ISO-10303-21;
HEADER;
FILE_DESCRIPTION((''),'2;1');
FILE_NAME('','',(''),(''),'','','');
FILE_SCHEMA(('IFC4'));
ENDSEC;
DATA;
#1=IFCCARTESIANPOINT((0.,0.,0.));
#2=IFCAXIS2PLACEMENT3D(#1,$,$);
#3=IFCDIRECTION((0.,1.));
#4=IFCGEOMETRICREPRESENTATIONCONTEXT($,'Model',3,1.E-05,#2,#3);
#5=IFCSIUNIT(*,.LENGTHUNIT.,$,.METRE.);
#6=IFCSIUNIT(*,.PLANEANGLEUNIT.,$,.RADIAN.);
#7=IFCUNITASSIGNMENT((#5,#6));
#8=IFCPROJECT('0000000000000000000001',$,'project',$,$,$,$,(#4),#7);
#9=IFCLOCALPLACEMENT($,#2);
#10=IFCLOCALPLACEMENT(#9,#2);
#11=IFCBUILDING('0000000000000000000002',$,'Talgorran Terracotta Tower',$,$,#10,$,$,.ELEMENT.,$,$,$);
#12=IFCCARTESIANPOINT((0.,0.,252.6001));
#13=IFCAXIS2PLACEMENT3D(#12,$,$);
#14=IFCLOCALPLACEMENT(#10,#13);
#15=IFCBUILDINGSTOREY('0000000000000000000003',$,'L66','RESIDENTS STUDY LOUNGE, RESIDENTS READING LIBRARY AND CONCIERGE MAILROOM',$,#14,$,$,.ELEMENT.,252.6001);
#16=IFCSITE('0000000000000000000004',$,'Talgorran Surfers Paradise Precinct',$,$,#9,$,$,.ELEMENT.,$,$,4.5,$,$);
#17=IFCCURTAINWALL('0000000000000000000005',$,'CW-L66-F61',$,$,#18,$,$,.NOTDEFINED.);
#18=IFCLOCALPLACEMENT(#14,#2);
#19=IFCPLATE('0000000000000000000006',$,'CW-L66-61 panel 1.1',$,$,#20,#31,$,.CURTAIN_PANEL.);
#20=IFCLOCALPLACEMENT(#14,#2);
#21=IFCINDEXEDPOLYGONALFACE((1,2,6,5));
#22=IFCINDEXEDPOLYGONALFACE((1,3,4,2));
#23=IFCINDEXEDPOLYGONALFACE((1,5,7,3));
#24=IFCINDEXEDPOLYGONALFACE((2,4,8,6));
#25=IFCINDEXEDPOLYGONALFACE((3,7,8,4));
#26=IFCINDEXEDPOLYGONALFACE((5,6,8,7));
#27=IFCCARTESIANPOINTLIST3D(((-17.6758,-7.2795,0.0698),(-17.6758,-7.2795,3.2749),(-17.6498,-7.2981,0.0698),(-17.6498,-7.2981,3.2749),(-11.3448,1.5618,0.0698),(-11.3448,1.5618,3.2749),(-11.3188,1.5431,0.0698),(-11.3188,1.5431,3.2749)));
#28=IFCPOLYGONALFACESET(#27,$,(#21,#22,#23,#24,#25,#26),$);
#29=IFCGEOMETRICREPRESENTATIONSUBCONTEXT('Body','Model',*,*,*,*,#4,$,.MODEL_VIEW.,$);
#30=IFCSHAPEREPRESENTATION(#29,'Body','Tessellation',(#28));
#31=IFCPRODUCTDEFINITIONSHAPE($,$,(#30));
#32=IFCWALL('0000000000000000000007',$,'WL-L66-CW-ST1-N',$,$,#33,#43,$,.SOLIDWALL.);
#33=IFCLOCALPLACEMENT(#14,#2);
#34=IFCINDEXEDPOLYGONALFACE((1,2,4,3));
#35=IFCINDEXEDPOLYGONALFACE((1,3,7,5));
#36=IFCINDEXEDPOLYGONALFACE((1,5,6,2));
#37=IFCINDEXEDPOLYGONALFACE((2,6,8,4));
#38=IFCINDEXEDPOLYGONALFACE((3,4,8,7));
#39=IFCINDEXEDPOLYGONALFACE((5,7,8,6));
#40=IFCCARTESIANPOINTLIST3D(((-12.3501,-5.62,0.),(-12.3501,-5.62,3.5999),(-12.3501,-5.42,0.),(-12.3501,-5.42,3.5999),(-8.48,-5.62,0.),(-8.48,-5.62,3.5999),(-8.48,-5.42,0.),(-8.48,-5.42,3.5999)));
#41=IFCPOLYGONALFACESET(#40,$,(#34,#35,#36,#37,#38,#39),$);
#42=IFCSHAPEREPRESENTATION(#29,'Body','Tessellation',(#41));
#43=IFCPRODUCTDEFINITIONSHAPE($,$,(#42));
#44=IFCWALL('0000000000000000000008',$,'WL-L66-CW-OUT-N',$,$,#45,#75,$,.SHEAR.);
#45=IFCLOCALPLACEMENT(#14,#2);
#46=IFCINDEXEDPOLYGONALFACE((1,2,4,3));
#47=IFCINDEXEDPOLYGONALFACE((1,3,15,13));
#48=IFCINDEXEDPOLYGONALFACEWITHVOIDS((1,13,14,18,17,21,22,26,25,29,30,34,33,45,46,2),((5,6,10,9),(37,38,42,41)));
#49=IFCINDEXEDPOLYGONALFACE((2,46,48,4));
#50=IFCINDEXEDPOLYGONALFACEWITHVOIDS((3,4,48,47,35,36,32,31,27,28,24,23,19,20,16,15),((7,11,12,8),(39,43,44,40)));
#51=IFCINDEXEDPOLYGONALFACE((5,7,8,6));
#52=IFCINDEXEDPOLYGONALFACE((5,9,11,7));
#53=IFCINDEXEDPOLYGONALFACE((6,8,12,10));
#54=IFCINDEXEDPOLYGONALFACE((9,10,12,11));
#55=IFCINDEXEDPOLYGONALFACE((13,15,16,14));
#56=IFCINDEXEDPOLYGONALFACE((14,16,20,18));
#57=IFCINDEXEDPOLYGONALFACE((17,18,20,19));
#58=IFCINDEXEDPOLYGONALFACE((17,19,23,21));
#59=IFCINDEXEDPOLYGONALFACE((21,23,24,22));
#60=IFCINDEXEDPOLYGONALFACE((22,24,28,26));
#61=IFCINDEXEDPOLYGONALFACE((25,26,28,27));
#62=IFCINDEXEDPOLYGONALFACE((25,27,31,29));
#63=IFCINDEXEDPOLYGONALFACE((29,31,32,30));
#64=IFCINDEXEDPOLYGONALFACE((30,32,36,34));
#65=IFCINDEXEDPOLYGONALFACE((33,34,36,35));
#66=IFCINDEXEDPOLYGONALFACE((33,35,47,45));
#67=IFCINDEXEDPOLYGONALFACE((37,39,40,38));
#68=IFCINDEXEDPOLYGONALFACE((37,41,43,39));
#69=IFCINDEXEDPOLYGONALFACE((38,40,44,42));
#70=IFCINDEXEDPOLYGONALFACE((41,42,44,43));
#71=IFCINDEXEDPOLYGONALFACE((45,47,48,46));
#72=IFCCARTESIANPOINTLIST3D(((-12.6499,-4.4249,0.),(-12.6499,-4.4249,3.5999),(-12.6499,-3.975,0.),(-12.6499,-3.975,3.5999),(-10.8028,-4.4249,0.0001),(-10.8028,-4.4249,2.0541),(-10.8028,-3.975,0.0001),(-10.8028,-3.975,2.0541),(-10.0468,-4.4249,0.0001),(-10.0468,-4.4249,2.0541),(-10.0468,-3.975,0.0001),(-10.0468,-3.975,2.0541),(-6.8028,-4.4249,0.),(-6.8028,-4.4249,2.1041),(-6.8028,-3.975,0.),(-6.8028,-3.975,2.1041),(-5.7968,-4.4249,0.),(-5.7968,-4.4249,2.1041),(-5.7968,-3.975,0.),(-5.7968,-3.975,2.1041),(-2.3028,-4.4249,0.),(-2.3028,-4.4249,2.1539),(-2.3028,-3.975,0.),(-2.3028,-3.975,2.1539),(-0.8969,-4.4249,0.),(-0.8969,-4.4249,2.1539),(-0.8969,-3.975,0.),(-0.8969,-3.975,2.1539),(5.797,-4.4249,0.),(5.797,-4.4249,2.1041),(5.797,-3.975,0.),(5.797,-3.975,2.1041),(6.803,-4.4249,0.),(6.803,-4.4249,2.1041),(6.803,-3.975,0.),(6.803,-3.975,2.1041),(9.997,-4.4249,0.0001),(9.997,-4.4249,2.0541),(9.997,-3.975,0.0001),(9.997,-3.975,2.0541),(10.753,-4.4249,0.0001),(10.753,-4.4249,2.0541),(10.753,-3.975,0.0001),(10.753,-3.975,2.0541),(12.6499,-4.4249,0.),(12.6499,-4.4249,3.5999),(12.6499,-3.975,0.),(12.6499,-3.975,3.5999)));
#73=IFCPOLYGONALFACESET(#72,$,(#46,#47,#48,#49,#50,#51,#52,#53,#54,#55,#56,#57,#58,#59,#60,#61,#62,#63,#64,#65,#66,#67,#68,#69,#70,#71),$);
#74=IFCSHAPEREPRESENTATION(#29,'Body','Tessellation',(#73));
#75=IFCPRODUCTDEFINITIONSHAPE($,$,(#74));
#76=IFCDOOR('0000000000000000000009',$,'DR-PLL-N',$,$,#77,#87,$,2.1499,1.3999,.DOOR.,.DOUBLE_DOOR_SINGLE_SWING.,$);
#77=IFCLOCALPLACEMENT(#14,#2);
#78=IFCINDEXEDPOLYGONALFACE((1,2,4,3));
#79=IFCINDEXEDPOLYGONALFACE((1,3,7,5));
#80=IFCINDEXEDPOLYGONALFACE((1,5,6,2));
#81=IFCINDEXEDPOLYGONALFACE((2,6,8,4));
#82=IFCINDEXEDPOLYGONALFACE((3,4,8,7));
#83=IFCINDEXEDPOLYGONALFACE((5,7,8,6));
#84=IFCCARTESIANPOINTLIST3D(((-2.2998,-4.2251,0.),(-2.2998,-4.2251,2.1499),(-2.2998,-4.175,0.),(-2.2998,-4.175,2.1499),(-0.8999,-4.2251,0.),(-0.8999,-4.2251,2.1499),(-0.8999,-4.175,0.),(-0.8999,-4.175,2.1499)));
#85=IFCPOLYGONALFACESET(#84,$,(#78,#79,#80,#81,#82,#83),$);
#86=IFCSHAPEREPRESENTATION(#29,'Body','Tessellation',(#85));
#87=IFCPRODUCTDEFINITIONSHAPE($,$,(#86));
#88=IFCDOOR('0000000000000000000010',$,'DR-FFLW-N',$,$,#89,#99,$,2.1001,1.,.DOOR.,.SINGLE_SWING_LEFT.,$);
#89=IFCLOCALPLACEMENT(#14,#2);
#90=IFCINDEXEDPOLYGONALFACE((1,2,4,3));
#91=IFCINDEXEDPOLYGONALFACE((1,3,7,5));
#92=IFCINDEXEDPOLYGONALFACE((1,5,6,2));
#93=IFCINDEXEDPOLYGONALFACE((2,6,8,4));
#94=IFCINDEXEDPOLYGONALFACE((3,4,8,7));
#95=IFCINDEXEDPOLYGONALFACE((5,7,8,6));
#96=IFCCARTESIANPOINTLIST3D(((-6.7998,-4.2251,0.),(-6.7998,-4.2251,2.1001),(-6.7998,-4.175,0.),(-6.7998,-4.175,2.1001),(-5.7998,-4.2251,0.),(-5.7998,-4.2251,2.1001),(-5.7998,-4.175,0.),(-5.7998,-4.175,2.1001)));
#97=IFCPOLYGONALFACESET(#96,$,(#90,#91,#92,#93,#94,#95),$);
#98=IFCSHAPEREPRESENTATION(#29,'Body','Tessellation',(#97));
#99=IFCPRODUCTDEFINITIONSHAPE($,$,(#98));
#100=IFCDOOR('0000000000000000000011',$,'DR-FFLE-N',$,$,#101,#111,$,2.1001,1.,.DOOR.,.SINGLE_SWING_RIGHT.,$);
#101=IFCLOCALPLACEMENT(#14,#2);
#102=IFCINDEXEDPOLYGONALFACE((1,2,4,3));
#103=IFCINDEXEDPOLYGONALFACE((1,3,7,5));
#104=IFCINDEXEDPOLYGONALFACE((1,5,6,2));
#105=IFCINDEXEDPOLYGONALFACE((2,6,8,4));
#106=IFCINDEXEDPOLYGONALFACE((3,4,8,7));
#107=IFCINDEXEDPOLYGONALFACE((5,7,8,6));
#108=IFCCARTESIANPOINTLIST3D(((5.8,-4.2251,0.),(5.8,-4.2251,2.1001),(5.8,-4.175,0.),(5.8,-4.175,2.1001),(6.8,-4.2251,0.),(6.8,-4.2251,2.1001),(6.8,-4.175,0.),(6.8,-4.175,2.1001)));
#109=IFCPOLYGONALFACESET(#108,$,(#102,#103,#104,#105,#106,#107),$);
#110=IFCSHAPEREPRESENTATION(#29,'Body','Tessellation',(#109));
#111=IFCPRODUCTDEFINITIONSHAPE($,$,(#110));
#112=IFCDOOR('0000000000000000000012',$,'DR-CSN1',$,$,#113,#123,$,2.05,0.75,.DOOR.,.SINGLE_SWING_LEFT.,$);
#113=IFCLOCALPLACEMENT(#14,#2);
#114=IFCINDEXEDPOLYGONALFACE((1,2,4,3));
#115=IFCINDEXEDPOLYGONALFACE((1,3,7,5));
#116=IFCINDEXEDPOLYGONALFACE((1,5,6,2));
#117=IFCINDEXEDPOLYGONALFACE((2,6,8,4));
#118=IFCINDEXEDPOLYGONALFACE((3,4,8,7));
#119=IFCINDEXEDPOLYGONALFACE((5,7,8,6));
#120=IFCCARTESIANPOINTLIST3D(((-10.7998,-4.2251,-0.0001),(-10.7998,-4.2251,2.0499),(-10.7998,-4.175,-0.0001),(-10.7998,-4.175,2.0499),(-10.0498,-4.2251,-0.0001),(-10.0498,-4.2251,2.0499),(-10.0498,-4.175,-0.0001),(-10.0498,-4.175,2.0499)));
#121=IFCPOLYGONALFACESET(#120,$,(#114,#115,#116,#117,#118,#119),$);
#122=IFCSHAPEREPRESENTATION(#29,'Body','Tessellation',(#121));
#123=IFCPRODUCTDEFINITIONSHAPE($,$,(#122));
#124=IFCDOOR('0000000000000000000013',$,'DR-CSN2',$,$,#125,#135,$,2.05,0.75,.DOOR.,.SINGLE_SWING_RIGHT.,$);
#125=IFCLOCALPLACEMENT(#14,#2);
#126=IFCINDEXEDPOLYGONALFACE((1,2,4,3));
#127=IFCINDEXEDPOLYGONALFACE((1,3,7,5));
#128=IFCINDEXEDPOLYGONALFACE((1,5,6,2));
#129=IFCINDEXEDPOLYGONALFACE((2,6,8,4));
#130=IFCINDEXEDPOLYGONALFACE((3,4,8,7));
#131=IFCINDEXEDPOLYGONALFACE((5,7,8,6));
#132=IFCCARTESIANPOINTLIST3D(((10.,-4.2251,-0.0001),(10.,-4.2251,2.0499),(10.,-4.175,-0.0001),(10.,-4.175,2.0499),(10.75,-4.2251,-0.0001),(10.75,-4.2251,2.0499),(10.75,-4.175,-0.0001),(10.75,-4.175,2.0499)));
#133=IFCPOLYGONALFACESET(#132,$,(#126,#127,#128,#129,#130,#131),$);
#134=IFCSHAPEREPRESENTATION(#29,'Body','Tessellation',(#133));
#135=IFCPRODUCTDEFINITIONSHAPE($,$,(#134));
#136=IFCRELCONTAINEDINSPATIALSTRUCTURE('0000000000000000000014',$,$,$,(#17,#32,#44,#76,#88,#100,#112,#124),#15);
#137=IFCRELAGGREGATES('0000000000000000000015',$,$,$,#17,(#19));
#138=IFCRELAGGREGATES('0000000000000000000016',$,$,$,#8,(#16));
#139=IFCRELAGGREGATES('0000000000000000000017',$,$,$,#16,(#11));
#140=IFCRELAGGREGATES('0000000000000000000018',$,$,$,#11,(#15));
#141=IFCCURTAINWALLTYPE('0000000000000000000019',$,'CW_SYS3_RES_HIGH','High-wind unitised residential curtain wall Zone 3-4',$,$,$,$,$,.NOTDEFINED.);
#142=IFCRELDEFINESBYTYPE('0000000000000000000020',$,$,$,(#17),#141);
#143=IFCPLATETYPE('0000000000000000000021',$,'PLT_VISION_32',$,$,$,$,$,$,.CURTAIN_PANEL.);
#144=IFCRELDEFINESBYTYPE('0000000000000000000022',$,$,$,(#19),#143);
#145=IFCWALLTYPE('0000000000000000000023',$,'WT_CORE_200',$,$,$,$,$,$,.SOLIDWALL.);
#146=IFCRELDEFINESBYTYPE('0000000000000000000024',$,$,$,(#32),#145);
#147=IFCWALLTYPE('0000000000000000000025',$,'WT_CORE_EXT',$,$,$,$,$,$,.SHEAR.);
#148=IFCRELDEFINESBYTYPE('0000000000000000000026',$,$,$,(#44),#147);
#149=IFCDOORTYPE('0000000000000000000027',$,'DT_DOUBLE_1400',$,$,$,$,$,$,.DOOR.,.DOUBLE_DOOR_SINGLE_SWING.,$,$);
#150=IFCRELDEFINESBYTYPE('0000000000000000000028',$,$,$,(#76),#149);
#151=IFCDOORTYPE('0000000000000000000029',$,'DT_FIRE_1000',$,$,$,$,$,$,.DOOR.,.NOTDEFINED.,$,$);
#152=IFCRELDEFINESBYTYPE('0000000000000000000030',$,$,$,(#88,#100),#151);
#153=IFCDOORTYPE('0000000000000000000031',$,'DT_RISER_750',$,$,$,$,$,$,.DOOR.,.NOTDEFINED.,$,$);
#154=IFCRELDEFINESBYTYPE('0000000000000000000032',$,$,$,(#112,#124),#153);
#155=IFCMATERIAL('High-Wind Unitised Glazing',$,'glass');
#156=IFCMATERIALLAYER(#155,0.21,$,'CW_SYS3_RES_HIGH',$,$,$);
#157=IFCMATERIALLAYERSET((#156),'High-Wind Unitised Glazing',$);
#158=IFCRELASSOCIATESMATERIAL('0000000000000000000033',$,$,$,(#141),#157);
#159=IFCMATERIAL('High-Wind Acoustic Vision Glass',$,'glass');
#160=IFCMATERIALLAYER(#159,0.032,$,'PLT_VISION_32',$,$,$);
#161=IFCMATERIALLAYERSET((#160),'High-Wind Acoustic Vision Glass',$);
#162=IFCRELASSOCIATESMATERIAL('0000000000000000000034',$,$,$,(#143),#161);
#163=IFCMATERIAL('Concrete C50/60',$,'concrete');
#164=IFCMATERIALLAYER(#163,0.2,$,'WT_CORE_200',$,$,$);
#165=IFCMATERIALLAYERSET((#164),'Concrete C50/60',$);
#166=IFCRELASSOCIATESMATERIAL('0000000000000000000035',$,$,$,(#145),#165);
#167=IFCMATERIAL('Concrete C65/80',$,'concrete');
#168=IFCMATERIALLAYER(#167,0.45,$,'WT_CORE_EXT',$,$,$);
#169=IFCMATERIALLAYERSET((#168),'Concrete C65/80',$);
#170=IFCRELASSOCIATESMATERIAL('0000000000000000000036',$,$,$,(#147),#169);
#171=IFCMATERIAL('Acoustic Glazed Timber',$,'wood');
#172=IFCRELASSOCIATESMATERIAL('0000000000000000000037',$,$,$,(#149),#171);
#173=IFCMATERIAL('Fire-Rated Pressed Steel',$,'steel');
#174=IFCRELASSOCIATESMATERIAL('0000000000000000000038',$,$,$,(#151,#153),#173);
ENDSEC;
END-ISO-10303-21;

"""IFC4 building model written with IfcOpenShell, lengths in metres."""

from ifc_helpers import new_model, si_unit, direction, frame, frame_2d, origin, origin_2d, place, context, subcontext, project, spatial, rectangle, extrude, source, transform, mapped, material, layer, layer_set, type_object, type_shapes, element, fill, aggregate, save


model = new_model("IFC4")

# Units and contexts
model_context = context("Model", 3, precision=1e-05, world=origin(), true_north=direction((0.0, 1.0)))
body_context = subcontext(model_context, "Body", "Model", "MODEL_VIEW")
ifc_project = project(units=[si_unit("LENGTHUNIT", "METRE"), si_unit("PLANEANGLEUNIT", "RADIAN")], contexts=[model_context])

# Site, building, storey
site_placement = place(None, origin())
site = spatial("IfcSite", under=ifc_project, at=site_placement, Name="Talgorran Surfers Paradise Precinct", CompositionType="ELEMENT", RefElevation=4.5)
building_placement = place(site_placement, origin())
building = spatial("IfcBuilding", under=site, at=building_placement, Name="Talgorran Terracotta Tower", CompositionType="ELEMENT")
storey_placement = place(building_placement, frame((0.0, 0.0, 252.6001)))
storey = spatial("IfcBuildingStorey", under=building, at=storey_placement, Name="L66", Description="RESIDENTS STUDY LOUNGE, RESIDENTS READING LIBRARY AND CONCIERGE MAILROOM", CompositionType="ELEMENT", Elevation=252.6001)

# Curtain wall, plate
ifc_material_1 = material(Name="High-Wind Unitised Glazing", Category="glass")
ifc_layer_1 = layer(ifc_material_1, 0.21, Name="CW_SYS3_RES_HIGH")
ifc_layer_set_1 = layer_set([ifc_layer_1], Name="High-Wind Unitised Glazing")
curtain_wall_type = type_object("IfcCurtainWallType", Name="CW_SYS3_RES_HIGH", Description="High-wind unitised residential curtain wall Zone 3-4", PredefinedType="NOTDEFINED", material=ifc_layer_set_1)
curtain_wall_placement = place(storey_placement, origin())
curtain_wall = element("IfcCurtainWall", 1, at=curtain_wall_placement, inside=storey, type_object=curtain_wall_type, Name="CW-L66-F61", PredefinedType="NOTDEFINED")
ifc_material_2 = material(Name="High-Wind Acoustic Vision Glass", Category="glass")
ifc_layer_2 = layer(ifc_material_2, 0.032, Name="PLT_VISION_32")
ifc_layer_set_2 = layer_set([ifc_layer_2], Name="High-Wind Acoustic Vision Glass")
plate_type = type_object("IfcPlateType", Name="PLT_VISION_32", PredefinedType="CURTAIN_PANEL", material=ifc_layer_set_2)
shared_shape = source(origin(), body_context, "Body", "SweptSolid", [
    extrude(rectangle(XDim=10.8743, YDim=0.032, at=origin_2d()), origin(), (0.0, 0.0, 1.0), 3.2051),
])
type_shapes(plate_type, [shared_shape])
plate_placement = place(storey_placement, frame((-14.4973, -2.8682, 0.0698), z_axis=(0.0, 0.0, 1.0), x_axis=(-0.582206, -0.813042, 0.0)))
plate = element("IfcPlate", 2, at=plate_placement, type_object=plate_type, Name="CW-L66-61 panel 1.1", PredefinedType="CURTAIN_PANEL", context=body_context, shape_type="MappedRepresentation", body=[
    mapped(shared_shape, transform((0.0, 0.0, 0.0), scale=1.0)),
])
aggregate(curtain_wall, [plate])

# Wall
ifc_material_3 = material(Name="Concrete C50/60", Category="concrete")
ifc_layer_3 = layer(ifc_material_3, 0.2, Name="WT_CORE_200")
ifc_layer_set_3 = layer_set([ifc_layer_3], Name="Concrete C50/60")
wall_type_1 = type_object("IfcWallType", Name="WT_CORE_200", PredefinedType="SOLIDWALL", material=ifc_layer_set_3)
wall_1_placement = place(storey_placement, frame((-12.3501, -5.52, 0.0), z_axis=(0.0, 0.0, 1.0), x_axis=(1.0, 0.0, 0.0)))
element("IfcWall", 3, at=wall_1_placement, inside=storey, type_object=wall_type_1, Name="WL-L66-CW-ST1-N", PredefinedType="SOLIDWALL", context=body_context, shape_type="SweptSolid", body=[
    extrude(rectangle(XDim=3.8701, YDim=0.2, at=frame_2d((1.9351, 0.0))), origin(), (0.0, 0.0, 1.0), 3.5999),
])

# Wall, openings, doors
ifc_material_4 = material(Name="Concrete C65/80", Category="concrete")
ifc_layer_4 = layer(ifc_material_4, 0.45, Name="WT_CORE_EXT")
ifc_layer_set_4 = layer_set([ifc_layer_4], Name="Concrete C65/80")
wall_type_2 = type_object("IfcWallType", Name="WT_CORE_EXT", PredefinedType="SHEAR", material=ifc_layer_set_4)
wall_2_placement = place(storey_placement, frame((-12.6499, -4.2, 0.0), z_axis=(0.0, 0.0, 1.0), x_axis=(1.0, 0.0, 0.0)))
wall_2 = element("IfcWall", 4, at=wall_2_placement, inside=storey, type_object=wall_type_2, Name="WL-L66-CW-OUT-N", PredefinedType="SHEAR", context=body_context, shape_type="SweptSolid", body=[
    extrude(rectangle(XDim=25.2998, YDim=0.45, at=frame_2d((12.6499, 0.0))), origin(), (0.0, 0.0, 1.0), 3.5999),
])
opening_1_placement = place(wall_2_placement, frame((1.8501, 0.0, 0.0)))
opening_1 = element("IfcOpeningElement", 5, at=opening_1_placement, cuts=wall_2, PredefinedType="OPENING", context=body_context, shape_type="SweptSolid", body=[
    extrude(rectangle(XDim=0.756, YDim=2.054, at=frame_2d((0.375, 1.0271))), frame((0.0, 0.2349, 0.0), z_axis=(0.0, -1.0, 0.0), x_axis=(1.0, 0.0, 0.0)), (0.0, 0.0, 1.0), 0.47),
])
opening_2_placement = place(wall_2_placement, frame((22.6499, 0.0, 0.0)))
opening_2 = element("IfcOpeningElement", 6, at=opening_2_placement, cuts=wall_2, PredefinedType="OPENING", context=body_context, shape_type="SweptSolid", body=[
    extrude(rectangle(XDim=0.756, YDim=2.054, at=frame_2d((0.375, 1.0271))), frame((0.0, 0.2349, 0.0), z_axis=(0.0, -1.0, 0.0), x_axis=(1.0, 0.0, 0.0)), (0.0, 0.0, 1.0), 0.47),
])
opening_3_placement = place(wall_2_placement, frame((5.8501, 0.0, 0.0)))
opening_3 = element("IfcOpeningElement", 7, at=opening_3_placement, cuts=wall_2, PredefinedType="OPENING", context=body_context, shape_type="SweptSolid", body=[
    extrude(rectangle(XDim=1.006, YDim=2.1041, at=frame_2d((0.5, 1.052))), frame((0.0, 0.2349, 0.0), z_axis=(0.0, -1.0, 0.0), x_axis=(1.0, 0.0, 0.0)), (0.0, 0.0, 1.0), 0.47),
])
opening_4_placement = place(wall_2_placement, frame((10.3501, 0.0, 0.0)))
opening_4 = element("IfcOpeningElement", 8, at=opening_4_placement, cuts=wall_2, PredefinedType="OPENING", context=body_context, shape_type="SweptSolid", body=[
    extrude(rectangle(XDim=1.4059, YDim=2.1539, at=frame_2d((0.7, 1.0769))), frame((0.0, 0.2349, 0.0), z_axis=(0.0, -1.0, 0.0), x_axis=(1.0, 0.0, 0.0)), (0.0, 0.0, 1.0), 0.47),
])
opening_5_placement = place(wall_2_placement, frame((18.45, 0.0, 0.0)))
opening_5 = element("IfcOpeningElement", 9, at=opening_5_placement, cuts=wall_2, PredefinedType="OPENING", context=body_context, shape_type="SweptSolid", body=[
    extrude(rectangle(XDim=1.006, YDim=2.1041, at=frame_2d((0.5, 1.052))), frame((0.0, 0.2349, 0.0), z_axis=(0.0, -1.0, 0.0), x_axis=(1.0, 0.0, 0.0)), (0.0, 0.0, 1.0), 0.47),
])
ifc_material_5 = material(Name="Acoustic Glazed Timber", Category="wood")
door_type_1 = type_object("IfcDoorType", Name="DT_DOUBLE_1400", OperationType="DOUBLE_DOOR_SINGLE_SWING", PredefinedType="DOOR", material=ifc_material_5)
door_1_placement = place(opening_4_placement, origin())
door_1 = element("IfcDoor", 10, at=door_1_placement, inside=storey, type_object=door_type_1, Name="DR-PLL-N", OperationType="DOUBLE_DOOR_SINGLE_SWING", OverallHeight=2.1499, OverallWidth=1.3999, PredefinedType="DOOR", context=body_context, shape_type="SweptSolid", body=[
    extrude(rectangle(XDim=1.3999, YDim=2.1499, at=frame_2d((0.7, 1.075))), frame((0.0, 0.0249, 0.0), z_axis=(0.0, -1.0, 0.0), x_axis=(1.0, 0.0, 0.0)), (0.0, 0.0, 1.0), 0.05),
])
fill(opening_4, door_1)
ifc_material_6 = material(Name="Fire-Rated Pressed Steel", Category="steel")
door_type_2 = type_object("IfcDoorType", Name="DT_FIRE_1000", OperationType="NOTDEFINED", PredefinedType="DOOR", material=ifc_material_6)
door_2_placement = place(opening_3_placement, origin())
door_2 = element("IfcDoor", 11, at=door_2_placement, inside=storey, type_object=door_type_2, Name="DR-FFLW-N", OperationType="SINGLE_SWING_LEFT", OverallHeight=2.1001, OverallWidth=1.0, PredefinedType="DOOR", context=body_context, shape_type="SweptSolid", body=[
    extrude(rectangle(XDim=1.0, YDim=2.1001, at=frame_2d((0.5, 1.05))), frame((0.0, 0.0249, 0.0), z_axis=(0.0, -1.0, 0.0), x_axis=(1.0, 0.0, 0.0)), (0.0, 0.0, 1.0), 0.05),
])
fill(opening_3, door_2)
door_3_placement = place(opening_5_placement, origin())
door_3 = element("IfcDoor", 12, at=door_3_placement, inside=storey, type_object=door_type_2, Name="DR-FFLE-N", OperationType="SINGLE_SWING_RIGHT", OverallHeight=2.1001, OverallWidth=1.0, PredefinedType="DOOR", context=body_context, shape_type="SweptSolid", body=[
    extrude(rectangle(XDim=1.0, YDim=2.1001, at=frame_2d((0.5, 1.05))), frame((0.0, 0.0249, 0.0), z_axis=(0.0, -1.0, 0.0), x_axis=(1.0, 0.0, 0.0)), (0.0, 0.0, 1.0), 0.05),
])
fill(opening_5, door_3)
door_type_3 = type_object("IfcDoorType", Name="DT_RISER_750", OperationType="NOTDEFINED", PredefinedType="DOOR", material=ifc_material_6)
door_4_placement = place(opening_1_placement, origin())
door_4 = element("IfcDoor", 13, at=door_4_placement, inside=storey, type_object=door_type_3, Name="DR-CSN1", OperationType="SINGLE_SWING_LEFT", OverallHeight=2.05, OverallWidth=0.75, PredefinedType="DOOR", context=body_context, shape_type="SweptSolid", body=[
    extrude(rectangle(XDim=0.75, YDim=2.05, at=frame_2d((0.375, 1.0249))), frame((0.0, 0.0249, 0.0), z_axis=(0.0, -1.0, 0.0), x_axis=(1.0, 0.0, 0.0)), (0.0, 0.0, 1.0), 0.05),
])
fill(opening_1, door_4)
door_5_placement = place(opening_2_placement, origin())
door_5 = element("IfcDoor", 14, at=door_5_placement, inside=storey, type_object=door_type_3, Name="DR-CSN2", OperationType="SINGLE_SWING_RIGHT", OverallHeight=2.05, OverallWidth=0.75, PredefinedType="DOOR", context=body_context, shape_type="SweptSolid", body=[
    extrude(rectangle(XDim=0.75, YDim=2.05, at=frame_2d((0.375, 1.0249))), frame((0.0, 0.0249, 0.0), z_axis=(0.0, -1.0, 0.0), x_axis=(1.0, 0.0, 0.0)), (0.0, 0.0, 1.0), 0.05),
])
fill(opening_2, door_5)

save(model, "model.ifc")
